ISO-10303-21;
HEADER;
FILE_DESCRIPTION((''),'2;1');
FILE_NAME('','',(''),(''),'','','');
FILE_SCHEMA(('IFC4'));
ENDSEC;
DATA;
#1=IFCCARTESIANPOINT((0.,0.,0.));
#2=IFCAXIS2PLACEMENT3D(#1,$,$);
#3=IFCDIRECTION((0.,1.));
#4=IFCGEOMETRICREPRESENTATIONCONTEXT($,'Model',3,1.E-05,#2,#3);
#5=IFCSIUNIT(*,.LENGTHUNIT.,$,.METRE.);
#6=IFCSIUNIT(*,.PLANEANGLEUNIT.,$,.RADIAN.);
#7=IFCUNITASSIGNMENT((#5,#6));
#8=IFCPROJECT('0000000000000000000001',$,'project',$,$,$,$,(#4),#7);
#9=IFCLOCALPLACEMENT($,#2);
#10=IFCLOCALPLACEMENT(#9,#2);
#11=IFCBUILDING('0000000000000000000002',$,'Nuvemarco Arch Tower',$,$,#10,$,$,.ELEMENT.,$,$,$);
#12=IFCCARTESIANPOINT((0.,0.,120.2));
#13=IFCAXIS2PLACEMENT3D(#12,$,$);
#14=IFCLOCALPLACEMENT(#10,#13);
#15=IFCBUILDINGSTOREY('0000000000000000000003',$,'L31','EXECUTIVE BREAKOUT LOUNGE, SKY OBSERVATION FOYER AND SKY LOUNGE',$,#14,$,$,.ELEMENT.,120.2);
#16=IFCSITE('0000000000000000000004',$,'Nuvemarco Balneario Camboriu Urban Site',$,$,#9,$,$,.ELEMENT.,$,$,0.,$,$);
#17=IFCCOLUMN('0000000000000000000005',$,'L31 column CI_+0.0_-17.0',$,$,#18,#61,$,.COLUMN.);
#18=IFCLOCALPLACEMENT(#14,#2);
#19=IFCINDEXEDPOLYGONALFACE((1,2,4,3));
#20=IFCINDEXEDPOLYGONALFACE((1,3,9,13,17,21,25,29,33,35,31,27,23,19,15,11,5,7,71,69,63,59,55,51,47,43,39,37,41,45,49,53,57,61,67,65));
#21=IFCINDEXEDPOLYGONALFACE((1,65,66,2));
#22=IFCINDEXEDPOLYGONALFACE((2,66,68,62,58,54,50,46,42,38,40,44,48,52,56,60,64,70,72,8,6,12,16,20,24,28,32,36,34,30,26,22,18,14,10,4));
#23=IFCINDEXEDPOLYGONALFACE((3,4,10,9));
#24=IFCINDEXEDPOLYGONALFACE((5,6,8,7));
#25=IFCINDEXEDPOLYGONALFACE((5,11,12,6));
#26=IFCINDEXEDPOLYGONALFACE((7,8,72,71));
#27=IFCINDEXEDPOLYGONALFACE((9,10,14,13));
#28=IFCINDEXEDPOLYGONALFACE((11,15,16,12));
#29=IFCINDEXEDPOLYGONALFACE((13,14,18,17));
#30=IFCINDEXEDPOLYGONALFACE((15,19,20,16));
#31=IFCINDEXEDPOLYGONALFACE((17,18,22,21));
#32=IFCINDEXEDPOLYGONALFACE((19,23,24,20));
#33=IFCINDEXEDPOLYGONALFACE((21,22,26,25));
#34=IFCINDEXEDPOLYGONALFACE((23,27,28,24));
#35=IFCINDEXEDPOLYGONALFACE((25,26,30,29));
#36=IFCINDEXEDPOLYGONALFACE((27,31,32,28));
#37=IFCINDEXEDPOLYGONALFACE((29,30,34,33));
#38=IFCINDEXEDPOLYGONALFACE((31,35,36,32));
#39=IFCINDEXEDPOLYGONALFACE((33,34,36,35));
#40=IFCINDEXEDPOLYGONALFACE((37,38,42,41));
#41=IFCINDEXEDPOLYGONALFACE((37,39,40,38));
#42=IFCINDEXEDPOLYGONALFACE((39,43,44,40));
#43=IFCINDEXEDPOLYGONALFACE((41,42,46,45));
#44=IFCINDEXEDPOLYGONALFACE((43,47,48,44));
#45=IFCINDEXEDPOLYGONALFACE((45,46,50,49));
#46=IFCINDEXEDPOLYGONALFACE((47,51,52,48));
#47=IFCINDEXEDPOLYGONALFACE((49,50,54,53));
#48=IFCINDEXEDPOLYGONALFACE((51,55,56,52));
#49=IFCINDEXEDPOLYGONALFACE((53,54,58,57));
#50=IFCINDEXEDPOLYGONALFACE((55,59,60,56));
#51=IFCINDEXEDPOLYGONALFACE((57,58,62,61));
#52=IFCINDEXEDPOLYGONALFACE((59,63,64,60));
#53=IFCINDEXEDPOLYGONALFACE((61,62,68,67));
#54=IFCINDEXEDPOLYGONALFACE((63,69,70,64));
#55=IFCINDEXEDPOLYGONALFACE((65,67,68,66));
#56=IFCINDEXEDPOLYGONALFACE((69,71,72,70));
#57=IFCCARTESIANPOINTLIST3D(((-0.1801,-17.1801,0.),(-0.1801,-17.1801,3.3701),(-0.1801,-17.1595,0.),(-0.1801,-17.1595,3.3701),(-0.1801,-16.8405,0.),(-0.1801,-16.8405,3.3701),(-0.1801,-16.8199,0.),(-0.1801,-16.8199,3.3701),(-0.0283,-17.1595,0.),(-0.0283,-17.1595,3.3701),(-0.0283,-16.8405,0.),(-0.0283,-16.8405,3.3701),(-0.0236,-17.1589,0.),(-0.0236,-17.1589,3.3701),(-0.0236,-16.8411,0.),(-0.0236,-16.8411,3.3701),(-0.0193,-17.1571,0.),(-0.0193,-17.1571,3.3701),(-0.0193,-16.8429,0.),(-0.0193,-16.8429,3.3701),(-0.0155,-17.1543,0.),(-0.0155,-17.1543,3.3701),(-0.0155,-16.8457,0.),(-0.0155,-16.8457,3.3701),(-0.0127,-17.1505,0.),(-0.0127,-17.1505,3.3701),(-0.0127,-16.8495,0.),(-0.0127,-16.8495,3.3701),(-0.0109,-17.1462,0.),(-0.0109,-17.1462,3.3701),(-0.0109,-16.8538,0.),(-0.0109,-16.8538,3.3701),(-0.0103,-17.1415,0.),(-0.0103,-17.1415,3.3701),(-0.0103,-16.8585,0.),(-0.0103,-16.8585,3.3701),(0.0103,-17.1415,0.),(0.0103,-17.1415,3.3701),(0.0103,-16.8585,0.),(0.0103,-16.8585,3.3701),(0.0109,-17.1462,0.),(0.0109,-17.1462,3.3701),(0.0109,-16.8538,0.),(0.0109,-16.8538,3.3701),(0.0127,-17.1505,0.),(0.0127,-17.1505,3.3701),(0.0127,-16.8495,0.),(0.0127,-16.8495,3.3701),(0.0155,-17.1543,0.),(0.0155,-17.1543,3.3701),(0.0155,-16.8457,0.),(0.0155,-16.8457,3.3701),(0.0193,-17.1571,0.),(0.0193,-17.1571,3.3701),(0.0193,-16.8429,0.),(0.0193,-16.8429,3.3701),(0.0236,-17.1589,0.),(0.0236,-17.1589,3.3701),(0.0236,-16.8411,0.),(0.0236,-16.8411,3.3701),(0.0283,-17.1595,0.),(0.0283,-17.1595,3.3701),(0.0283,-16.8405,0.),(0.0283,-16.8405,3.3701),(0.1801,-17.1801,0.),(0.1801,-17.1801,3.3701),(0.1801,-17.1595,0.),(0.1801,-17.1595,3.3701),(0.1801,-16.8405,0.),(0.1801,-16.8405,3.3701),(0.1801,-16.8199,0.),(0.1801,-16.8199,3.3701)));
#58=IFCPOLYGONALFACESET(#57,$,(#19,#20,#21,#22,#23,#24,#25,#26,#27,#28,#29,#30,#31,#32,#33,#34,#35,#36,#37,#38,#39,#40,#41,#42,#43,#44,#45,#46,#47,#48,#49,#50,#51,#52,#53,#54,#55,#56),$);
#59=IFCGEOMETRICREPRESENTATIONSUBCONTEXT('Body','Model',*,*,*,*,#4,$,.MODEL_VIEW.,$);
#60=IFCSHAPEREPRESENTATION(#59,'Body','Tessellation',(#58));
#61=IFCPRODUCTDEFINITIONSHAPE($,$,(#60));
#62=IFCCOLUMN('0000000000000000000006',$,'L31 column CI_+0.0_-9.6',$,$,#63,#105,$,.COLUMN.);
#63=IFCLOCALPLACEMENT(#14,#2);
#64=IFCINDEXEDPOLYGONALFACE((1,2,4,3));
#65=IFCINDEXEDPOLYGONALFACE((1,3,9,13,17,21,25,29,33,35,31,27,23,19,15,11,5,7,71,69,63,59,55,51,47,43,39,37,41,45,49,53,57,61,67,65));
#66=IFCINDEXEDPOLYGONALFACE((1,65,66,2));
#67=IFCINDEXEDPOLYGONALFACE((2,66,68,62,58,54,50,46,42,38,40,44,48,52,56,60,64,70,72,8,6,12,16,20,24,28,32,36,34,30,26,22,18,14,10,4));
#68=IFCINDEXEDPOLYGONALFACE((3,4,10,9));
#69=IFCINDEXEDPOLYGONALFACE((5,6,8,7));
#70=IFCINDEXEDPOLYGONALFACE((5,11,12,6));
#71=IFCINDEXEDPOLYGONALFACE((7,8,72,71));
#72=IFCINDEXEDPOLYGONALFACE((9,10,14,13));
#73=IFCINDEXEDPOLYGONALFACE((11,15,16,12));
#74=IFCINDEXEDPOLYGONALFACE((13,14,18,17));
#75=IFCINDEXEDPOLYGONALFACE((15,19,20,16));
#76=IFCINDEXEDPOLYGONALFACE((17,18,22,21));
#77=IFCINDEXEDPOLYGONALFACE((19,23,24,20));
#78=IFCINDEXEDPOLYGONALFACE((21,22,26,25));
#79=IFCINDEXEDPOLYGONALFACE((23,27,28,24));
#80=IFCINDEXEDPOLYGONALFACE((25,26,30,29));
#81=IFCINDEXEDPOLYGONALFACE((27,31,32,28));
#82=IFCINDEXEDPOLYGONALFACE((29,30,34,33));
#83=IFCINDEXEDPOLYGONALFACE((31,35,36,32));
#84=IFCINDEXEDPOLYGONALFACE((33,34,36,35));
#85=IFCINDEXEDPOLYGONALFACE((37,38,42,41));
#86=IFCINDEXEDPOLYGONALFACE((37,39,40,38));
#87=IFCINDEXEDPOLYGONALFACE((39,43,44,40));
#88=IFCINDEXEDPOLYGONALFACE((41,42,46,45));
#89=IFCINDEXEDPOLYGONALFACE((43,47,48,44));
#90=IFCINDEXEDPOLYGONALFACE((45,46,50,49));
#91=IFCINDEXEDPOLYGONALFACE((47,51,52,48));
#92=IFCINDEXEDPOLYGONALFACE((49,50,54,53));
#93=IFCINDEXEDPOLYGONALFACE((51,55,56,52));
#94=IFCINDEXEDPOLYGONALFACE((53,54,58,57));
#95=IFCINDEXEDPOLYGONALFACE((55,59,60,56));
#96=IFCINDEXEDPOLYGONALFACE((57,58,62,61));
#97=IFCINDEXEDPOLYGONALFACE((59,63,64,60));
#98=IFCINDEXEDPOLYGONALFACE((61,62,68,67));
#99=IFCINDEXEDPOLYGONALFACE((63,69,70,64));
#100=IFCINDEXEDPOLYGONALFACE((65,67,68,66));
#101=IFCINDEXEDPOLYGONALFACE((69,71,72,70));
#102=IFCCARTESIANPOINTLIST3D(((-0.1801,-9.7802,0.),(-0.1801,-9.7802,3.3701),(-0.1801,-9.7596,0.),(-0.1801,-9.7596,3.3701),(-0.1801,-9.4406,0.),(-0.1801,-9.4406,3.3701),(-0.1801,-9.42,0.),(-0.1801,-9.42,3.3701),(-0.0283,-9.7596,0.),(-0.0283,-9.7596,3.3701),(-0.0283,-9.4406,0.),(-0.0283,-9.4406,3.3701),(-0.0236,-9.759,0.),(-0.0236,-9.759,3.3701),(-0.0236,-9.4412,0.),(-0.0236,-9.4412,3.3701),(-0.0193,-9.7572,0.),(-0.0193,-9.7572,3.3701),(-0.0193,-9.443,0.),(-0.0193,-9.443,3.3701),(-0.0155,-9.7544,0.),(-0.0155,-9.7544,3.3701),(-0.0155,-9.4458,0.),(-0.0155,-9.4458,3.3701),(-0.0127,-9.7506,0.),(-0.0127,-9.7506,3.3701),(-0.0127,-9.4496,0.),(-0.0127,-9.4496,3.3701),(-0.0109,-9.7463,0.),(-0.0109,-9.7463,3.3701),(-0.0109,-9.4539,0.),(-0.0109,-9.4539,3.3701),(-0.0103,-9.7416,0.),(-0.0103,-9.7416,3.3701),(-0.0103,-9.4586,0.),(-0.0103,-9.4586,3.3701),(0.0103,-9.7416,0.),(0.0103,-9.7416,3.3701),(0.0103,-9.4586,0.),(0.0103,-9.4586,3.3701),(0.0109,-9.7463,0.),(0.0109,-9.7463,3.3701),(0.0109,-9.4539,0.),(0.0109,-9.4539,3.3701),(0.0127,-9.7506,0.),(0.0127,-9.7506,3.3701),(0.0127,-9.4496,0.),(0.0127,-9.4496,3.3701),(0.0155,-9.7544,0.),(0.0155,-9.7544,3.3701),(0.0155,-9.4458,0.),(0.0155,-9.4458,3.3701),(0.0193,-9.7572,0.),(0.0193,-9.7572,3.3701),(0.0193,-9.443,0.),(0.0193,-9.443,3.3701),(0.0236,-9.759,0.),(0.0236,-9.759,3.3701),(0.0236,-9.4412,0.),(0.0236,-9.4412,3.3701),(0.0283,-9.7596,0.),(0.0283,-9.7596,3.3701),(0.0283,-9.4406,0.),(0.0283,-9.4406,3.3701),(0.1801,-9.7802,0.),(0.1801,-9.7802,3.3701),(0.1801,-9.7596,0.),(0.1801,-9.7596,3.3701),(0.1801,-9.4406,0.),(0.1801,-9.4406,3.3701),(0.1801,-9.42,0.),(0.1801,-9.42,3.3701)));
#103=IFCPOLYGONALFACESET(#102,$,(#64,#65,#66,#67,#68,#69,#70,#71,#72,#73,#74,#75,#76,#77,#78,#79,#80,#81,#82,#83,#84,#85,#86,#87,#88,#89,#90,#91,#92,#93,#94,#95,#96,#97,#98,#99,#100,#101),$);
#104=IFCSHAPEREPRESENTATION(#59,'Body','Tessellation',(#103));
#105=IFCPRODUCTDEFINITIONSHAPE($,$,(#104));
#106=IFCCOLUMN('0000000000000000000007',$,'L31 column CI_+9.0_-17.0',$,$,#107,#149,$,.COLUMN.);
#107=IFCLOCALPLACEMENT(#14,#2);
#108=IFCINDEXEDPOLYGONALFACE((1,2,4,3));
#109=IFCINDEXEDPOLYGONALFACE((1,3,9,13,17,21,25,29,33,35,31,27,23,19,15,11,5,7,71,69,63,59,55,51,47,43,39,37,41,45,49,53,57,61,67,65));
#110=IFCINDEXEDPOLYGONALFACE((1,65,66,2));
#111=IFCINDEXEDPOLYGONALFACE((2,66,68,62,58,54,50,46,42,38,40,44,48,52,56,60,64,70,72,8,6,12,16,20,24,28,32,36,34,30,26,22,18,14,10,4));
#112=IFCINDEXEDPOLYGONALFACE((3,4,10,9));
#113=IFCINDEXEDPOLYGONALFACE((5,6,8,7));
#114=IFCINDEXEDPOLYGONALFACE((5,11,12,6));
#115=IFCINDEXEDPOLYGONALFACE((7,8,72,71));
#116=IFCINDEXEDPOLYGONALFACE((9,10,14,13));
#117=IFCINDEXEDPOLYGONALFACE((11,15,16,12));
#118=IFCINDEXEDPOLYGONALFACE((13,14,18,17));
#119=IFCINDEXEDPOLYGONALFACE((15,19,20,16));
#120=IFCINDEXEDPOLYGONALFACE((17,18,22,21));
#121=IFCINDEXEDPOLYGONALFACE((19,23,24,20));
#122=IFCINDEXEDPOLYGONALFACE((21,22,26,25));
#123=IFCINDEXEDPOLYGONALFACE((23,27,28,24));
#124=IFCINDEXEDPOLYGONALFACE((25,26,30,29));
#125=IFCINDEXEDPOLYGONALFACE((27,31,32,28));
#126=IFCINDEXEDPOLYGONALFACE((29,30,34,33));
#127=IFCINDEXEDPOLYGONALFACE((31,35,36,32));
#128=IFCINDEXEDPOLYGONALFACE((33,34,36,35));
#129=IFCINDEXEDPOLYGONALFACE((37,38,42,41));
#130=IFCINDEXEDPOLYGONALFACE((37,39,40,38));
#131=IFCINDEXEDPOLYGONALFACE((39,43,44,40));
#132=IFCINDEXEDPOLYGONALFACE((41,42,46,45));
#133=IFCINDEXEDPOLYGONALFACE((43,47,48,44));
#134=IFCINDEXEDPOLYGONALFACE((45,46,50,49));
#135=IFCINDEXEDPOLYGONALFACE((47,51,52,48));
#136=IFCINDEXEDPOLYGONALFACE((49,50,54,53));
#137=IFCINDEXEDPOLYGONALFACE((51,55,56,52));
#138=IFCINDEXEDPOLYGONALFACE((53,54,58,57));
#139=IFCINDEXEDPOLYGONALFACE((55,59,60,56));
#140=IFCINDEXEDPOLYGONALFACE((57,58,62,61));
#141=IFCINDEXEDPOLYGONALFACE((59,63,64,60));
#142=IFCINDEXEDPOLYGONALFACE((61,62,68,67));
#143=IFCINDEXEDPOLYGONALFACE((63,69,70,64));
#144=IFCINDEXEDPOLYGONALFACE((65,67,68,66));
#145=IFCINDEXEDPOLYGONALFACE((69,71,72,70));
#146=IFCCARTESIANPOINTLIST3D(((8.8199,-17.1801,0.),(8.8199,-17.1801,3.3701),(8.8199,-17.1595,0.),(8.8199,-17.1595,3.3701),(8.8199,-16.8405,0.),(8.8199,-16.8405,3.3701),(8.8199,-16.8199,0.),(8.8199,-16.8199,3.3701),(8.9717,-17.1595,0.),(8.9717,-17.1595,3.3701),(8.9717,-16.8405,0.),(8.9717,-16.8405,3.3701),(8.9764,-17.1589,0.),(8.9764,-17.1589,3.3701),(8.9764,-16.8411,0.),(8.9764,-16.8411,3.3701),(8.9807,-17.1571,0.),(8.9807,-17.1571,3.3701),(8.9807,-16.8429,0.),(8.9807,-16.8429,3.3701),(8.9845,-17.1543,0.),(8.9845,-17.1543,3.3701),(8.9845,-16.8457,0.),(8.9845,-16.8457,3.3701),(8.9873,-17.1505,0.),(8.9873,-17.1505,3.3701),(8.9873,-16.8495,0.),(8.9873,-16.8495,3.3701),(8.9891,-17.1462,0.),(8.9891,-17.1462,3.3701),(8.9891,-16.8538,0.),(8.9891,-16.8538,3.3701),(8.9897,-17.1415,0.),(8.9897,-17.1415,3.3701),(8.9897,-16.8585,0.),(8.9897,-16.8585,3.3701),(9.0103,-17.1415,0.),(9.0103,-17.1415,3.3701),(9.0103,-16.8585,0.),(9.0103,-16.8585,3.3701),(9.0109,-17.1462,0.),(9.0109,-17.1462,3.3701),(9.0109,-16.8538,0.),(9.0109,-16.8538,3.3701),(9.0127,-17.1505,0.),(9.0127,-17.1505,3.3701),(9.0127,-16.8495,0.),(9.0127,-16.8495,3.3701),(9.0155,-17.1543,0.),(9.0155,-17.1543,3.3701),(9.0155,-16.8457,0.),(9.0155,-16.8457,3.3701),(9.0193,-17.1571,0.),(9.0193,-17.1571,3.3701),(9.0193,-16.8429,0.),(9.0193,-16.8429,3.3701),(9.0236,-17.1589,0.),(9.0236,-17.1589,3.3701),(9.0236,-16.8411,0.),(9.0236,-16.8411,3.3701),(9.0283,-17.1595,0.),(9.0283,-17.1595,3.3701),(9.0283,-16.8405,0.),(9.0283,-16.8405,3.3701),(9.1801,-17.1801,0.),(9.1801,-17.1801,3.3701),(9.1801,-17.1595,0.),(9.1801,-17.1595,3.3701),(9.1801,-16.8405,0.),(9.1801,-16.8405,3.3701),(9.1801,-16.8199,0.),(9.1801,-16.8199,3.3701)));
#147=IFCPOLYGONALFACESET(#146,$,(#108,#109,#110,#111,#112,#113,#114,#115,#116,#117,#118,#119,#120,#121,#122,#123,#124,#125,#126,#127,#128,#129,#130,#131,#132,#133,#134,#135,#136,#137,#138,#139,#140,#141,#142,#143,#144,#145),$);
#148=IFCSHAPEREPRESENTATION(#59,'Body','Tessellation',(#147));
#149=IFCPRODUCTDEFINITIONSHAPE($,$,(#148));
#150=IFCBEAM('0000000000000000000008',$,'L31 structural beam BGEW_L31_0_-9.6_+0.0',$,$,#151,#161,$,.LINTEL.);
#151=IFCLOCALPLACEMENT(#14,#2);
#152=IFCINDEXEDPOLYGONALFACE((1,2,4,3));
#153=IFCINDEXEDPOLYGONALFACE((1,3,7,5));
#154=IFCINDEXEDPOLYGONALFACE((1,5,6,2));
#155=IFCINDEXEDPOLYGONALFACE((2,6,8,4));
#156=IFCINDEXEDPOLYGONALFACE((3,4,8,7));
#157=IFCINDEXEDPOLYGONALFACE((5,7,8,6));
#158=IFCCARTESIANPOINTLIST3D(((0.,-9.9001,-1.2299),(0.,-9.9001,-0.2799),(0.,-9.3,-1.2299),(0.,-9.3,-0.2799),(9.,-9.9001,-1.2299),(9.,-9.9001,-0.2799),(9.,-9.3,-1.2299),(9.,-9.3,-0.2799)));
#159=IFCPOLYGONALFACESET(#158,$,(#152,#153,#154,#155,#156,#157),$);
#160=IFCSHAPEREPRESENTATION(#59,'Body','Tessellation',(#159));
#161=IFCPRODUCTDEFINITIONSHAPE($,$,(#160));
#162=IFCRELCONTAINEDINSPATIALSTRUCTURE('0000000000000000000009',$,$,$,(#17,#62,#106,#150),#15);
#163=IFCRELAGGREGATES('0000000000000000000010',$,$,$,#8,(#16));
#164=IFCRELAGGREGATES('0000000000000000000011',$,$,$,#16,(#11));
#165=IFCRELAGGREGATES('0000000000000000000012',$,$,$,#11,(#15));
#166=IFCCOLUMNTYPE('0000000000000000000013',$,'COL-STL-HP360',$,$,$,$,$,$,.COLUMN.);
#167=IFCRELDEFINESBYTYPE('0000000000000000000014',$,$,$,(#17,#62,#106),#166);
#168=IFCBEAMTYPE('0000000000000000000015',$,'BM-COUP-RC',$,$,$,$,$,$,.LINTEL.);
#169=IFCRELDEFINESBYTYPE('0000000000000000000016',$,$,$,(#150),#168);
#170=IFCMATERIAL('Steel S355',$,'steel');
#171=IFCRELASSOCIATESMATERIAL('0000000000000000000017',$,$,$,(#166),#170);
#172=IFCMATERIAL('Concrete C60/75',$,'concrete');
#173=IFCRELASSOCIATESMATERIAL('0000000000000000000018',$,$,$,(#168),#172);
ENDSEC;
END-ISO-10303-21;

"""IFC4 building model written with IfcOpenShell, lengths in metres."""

from ifc_helpers import new_model, si_unit, direction, frame, origin, origin_2d, place, context, subcontext, project, spatial, rectangle, i_section, extrude, material, material_profile, profile_set, type_object, element, save


model = new_model("IFC4")

# Units and contexts
model_context = context("Model", 3, precision=1e-05, world=origin(), true_north=direction((0.0, 1.0)))
body_context = subcontext(model_context, "Body", "Model", "MODEL_VIEW")
ifc_project = project(units=[si_unit("LENGTHUNIT", "METRE"), si_unit("PLANEANGLEUNIT", "RADIAN")], contexts=[model_context])

# Site, building, storey
site_placement = place(None, origin())
site = spatial("IfcSite", under=ifc_project, at=site_placement, Name="Nuvemarco Balneario Camboriu Urban Site", CompositionType="ELEMENT", RefElevation=0.0)
building_placement = place(site_placement, origin())
building = spatial("IfcBuilding", under=site, at=building_placement, Name="Nuvemarco Arch Tower", CompositionType="ELEMENT")
storey_placement = place(building_placement, frame((0.0, 0.0, 120.2)))
storey = spatial("IfcBuildingStorey", under=building, at=storey_placement, Name="L31", Description="EXECUTIVE BREAKOUT LOUNGE, SKY OBSERVATION FOYER AND SKY LOUNGE", CompositionType="ELEMENT", Elevation=120.2)

# Columns
ifc_material_1 = material(Name="Concrete C60/75", Category="concrete")
ifc_material_2 = material(Name="Steel S355", Category="steel")
ifc_material_profile_1 = material_profile(ifc_material_2, i_section(OverallWidth=0.3601, OverallDepth=0.3601, WebThickness=0.0205, FlangeThickness=0.0205, FilletRadius=0.0181, at=origin_2d()), Name="HP360x174")
ifc_profile_set_1 = profile_set([ifc_material_profile_1], Name="Steel S355")
column_type_1 = type_object("IfcColumnType", Name="COL-STL-HP360", PredefinedType="COLUMN", material=ifc_profile_set_1)
for number, where, z_axis, x_axis, name in (
    (1, (0.0, -17.0, 0.0), (0.0, 0.0, 1.0), (1.0, 0.0, 0.0), "L31 column CI_+0.0_-17.0"),
    (2, (0.0, -9.6001, 0.0), (0.0, 0.0, 1.0), (1.0, 0.0, 0.0), "L31 column CI_+0.0_-9.6"),
    (3, (9.0, -17.0, 0.0), (0.0, 0.0, 1.0), (1.0, 0.0, 0.0), "L31 column CI_+9.0_-17.0"),
):
    element("IfcColumn", number, at=place(storey_placement, frame(where, z_axis=z_axis, x_axis=x_axis)), inside=storey, type_object=column_type_1, Name=name, PredefinedType="COLUMN", context=body_context, shape_type="SweptSolid", body=[
        extrude(i_section(OverallWidth=0.3601, OverallDepth=0.3601, WebThickness=0.0205, FlangeThickness=0.0205, FilletRadius=0.0181, at=origin_2d()), origin(), (0.0, 0.0, 1.0), 3.3701),
    ])

# Beam
ifc_material_profile_2 = material_profile(ifc_material_1, rectangle(XDim=0.6001, YDim=0.95, at=origin_2d()), Name="RC-BM-600x950")
ifc_profile_set_2 = profile_set([ifc_material_profile_2], Name="Concrete C60/75")
beam_type_1 = type_object("IfcBeamType", Name="BM-COUP-RC", PredefinedType="LINTEL", material=ifc_profile_set_2)
beam_1_placement = place(storey_placement, frame((0.0, -9.6001, -0.7549), z_axis=(1.0, 0.0, 0.0), x_axis=(0.0, 1.0, 0.0)))
element("IfcBeam", 4, at=beam_1_placement, inside=storey, type_object=beam_type_1, Name="L31 structural beam BGEW_L31_0_-9.6_+0.0", PredefinedType="LINTEL", context=body_context, shape_type="SweptSolid", body=[
    extrude(rectangle(XDim=0.6001, YDim=0.95, at=origin_2d()), origin(), (0.0, 0.0, 1.0), 9.0),
])

save(model, "model.ifc")
